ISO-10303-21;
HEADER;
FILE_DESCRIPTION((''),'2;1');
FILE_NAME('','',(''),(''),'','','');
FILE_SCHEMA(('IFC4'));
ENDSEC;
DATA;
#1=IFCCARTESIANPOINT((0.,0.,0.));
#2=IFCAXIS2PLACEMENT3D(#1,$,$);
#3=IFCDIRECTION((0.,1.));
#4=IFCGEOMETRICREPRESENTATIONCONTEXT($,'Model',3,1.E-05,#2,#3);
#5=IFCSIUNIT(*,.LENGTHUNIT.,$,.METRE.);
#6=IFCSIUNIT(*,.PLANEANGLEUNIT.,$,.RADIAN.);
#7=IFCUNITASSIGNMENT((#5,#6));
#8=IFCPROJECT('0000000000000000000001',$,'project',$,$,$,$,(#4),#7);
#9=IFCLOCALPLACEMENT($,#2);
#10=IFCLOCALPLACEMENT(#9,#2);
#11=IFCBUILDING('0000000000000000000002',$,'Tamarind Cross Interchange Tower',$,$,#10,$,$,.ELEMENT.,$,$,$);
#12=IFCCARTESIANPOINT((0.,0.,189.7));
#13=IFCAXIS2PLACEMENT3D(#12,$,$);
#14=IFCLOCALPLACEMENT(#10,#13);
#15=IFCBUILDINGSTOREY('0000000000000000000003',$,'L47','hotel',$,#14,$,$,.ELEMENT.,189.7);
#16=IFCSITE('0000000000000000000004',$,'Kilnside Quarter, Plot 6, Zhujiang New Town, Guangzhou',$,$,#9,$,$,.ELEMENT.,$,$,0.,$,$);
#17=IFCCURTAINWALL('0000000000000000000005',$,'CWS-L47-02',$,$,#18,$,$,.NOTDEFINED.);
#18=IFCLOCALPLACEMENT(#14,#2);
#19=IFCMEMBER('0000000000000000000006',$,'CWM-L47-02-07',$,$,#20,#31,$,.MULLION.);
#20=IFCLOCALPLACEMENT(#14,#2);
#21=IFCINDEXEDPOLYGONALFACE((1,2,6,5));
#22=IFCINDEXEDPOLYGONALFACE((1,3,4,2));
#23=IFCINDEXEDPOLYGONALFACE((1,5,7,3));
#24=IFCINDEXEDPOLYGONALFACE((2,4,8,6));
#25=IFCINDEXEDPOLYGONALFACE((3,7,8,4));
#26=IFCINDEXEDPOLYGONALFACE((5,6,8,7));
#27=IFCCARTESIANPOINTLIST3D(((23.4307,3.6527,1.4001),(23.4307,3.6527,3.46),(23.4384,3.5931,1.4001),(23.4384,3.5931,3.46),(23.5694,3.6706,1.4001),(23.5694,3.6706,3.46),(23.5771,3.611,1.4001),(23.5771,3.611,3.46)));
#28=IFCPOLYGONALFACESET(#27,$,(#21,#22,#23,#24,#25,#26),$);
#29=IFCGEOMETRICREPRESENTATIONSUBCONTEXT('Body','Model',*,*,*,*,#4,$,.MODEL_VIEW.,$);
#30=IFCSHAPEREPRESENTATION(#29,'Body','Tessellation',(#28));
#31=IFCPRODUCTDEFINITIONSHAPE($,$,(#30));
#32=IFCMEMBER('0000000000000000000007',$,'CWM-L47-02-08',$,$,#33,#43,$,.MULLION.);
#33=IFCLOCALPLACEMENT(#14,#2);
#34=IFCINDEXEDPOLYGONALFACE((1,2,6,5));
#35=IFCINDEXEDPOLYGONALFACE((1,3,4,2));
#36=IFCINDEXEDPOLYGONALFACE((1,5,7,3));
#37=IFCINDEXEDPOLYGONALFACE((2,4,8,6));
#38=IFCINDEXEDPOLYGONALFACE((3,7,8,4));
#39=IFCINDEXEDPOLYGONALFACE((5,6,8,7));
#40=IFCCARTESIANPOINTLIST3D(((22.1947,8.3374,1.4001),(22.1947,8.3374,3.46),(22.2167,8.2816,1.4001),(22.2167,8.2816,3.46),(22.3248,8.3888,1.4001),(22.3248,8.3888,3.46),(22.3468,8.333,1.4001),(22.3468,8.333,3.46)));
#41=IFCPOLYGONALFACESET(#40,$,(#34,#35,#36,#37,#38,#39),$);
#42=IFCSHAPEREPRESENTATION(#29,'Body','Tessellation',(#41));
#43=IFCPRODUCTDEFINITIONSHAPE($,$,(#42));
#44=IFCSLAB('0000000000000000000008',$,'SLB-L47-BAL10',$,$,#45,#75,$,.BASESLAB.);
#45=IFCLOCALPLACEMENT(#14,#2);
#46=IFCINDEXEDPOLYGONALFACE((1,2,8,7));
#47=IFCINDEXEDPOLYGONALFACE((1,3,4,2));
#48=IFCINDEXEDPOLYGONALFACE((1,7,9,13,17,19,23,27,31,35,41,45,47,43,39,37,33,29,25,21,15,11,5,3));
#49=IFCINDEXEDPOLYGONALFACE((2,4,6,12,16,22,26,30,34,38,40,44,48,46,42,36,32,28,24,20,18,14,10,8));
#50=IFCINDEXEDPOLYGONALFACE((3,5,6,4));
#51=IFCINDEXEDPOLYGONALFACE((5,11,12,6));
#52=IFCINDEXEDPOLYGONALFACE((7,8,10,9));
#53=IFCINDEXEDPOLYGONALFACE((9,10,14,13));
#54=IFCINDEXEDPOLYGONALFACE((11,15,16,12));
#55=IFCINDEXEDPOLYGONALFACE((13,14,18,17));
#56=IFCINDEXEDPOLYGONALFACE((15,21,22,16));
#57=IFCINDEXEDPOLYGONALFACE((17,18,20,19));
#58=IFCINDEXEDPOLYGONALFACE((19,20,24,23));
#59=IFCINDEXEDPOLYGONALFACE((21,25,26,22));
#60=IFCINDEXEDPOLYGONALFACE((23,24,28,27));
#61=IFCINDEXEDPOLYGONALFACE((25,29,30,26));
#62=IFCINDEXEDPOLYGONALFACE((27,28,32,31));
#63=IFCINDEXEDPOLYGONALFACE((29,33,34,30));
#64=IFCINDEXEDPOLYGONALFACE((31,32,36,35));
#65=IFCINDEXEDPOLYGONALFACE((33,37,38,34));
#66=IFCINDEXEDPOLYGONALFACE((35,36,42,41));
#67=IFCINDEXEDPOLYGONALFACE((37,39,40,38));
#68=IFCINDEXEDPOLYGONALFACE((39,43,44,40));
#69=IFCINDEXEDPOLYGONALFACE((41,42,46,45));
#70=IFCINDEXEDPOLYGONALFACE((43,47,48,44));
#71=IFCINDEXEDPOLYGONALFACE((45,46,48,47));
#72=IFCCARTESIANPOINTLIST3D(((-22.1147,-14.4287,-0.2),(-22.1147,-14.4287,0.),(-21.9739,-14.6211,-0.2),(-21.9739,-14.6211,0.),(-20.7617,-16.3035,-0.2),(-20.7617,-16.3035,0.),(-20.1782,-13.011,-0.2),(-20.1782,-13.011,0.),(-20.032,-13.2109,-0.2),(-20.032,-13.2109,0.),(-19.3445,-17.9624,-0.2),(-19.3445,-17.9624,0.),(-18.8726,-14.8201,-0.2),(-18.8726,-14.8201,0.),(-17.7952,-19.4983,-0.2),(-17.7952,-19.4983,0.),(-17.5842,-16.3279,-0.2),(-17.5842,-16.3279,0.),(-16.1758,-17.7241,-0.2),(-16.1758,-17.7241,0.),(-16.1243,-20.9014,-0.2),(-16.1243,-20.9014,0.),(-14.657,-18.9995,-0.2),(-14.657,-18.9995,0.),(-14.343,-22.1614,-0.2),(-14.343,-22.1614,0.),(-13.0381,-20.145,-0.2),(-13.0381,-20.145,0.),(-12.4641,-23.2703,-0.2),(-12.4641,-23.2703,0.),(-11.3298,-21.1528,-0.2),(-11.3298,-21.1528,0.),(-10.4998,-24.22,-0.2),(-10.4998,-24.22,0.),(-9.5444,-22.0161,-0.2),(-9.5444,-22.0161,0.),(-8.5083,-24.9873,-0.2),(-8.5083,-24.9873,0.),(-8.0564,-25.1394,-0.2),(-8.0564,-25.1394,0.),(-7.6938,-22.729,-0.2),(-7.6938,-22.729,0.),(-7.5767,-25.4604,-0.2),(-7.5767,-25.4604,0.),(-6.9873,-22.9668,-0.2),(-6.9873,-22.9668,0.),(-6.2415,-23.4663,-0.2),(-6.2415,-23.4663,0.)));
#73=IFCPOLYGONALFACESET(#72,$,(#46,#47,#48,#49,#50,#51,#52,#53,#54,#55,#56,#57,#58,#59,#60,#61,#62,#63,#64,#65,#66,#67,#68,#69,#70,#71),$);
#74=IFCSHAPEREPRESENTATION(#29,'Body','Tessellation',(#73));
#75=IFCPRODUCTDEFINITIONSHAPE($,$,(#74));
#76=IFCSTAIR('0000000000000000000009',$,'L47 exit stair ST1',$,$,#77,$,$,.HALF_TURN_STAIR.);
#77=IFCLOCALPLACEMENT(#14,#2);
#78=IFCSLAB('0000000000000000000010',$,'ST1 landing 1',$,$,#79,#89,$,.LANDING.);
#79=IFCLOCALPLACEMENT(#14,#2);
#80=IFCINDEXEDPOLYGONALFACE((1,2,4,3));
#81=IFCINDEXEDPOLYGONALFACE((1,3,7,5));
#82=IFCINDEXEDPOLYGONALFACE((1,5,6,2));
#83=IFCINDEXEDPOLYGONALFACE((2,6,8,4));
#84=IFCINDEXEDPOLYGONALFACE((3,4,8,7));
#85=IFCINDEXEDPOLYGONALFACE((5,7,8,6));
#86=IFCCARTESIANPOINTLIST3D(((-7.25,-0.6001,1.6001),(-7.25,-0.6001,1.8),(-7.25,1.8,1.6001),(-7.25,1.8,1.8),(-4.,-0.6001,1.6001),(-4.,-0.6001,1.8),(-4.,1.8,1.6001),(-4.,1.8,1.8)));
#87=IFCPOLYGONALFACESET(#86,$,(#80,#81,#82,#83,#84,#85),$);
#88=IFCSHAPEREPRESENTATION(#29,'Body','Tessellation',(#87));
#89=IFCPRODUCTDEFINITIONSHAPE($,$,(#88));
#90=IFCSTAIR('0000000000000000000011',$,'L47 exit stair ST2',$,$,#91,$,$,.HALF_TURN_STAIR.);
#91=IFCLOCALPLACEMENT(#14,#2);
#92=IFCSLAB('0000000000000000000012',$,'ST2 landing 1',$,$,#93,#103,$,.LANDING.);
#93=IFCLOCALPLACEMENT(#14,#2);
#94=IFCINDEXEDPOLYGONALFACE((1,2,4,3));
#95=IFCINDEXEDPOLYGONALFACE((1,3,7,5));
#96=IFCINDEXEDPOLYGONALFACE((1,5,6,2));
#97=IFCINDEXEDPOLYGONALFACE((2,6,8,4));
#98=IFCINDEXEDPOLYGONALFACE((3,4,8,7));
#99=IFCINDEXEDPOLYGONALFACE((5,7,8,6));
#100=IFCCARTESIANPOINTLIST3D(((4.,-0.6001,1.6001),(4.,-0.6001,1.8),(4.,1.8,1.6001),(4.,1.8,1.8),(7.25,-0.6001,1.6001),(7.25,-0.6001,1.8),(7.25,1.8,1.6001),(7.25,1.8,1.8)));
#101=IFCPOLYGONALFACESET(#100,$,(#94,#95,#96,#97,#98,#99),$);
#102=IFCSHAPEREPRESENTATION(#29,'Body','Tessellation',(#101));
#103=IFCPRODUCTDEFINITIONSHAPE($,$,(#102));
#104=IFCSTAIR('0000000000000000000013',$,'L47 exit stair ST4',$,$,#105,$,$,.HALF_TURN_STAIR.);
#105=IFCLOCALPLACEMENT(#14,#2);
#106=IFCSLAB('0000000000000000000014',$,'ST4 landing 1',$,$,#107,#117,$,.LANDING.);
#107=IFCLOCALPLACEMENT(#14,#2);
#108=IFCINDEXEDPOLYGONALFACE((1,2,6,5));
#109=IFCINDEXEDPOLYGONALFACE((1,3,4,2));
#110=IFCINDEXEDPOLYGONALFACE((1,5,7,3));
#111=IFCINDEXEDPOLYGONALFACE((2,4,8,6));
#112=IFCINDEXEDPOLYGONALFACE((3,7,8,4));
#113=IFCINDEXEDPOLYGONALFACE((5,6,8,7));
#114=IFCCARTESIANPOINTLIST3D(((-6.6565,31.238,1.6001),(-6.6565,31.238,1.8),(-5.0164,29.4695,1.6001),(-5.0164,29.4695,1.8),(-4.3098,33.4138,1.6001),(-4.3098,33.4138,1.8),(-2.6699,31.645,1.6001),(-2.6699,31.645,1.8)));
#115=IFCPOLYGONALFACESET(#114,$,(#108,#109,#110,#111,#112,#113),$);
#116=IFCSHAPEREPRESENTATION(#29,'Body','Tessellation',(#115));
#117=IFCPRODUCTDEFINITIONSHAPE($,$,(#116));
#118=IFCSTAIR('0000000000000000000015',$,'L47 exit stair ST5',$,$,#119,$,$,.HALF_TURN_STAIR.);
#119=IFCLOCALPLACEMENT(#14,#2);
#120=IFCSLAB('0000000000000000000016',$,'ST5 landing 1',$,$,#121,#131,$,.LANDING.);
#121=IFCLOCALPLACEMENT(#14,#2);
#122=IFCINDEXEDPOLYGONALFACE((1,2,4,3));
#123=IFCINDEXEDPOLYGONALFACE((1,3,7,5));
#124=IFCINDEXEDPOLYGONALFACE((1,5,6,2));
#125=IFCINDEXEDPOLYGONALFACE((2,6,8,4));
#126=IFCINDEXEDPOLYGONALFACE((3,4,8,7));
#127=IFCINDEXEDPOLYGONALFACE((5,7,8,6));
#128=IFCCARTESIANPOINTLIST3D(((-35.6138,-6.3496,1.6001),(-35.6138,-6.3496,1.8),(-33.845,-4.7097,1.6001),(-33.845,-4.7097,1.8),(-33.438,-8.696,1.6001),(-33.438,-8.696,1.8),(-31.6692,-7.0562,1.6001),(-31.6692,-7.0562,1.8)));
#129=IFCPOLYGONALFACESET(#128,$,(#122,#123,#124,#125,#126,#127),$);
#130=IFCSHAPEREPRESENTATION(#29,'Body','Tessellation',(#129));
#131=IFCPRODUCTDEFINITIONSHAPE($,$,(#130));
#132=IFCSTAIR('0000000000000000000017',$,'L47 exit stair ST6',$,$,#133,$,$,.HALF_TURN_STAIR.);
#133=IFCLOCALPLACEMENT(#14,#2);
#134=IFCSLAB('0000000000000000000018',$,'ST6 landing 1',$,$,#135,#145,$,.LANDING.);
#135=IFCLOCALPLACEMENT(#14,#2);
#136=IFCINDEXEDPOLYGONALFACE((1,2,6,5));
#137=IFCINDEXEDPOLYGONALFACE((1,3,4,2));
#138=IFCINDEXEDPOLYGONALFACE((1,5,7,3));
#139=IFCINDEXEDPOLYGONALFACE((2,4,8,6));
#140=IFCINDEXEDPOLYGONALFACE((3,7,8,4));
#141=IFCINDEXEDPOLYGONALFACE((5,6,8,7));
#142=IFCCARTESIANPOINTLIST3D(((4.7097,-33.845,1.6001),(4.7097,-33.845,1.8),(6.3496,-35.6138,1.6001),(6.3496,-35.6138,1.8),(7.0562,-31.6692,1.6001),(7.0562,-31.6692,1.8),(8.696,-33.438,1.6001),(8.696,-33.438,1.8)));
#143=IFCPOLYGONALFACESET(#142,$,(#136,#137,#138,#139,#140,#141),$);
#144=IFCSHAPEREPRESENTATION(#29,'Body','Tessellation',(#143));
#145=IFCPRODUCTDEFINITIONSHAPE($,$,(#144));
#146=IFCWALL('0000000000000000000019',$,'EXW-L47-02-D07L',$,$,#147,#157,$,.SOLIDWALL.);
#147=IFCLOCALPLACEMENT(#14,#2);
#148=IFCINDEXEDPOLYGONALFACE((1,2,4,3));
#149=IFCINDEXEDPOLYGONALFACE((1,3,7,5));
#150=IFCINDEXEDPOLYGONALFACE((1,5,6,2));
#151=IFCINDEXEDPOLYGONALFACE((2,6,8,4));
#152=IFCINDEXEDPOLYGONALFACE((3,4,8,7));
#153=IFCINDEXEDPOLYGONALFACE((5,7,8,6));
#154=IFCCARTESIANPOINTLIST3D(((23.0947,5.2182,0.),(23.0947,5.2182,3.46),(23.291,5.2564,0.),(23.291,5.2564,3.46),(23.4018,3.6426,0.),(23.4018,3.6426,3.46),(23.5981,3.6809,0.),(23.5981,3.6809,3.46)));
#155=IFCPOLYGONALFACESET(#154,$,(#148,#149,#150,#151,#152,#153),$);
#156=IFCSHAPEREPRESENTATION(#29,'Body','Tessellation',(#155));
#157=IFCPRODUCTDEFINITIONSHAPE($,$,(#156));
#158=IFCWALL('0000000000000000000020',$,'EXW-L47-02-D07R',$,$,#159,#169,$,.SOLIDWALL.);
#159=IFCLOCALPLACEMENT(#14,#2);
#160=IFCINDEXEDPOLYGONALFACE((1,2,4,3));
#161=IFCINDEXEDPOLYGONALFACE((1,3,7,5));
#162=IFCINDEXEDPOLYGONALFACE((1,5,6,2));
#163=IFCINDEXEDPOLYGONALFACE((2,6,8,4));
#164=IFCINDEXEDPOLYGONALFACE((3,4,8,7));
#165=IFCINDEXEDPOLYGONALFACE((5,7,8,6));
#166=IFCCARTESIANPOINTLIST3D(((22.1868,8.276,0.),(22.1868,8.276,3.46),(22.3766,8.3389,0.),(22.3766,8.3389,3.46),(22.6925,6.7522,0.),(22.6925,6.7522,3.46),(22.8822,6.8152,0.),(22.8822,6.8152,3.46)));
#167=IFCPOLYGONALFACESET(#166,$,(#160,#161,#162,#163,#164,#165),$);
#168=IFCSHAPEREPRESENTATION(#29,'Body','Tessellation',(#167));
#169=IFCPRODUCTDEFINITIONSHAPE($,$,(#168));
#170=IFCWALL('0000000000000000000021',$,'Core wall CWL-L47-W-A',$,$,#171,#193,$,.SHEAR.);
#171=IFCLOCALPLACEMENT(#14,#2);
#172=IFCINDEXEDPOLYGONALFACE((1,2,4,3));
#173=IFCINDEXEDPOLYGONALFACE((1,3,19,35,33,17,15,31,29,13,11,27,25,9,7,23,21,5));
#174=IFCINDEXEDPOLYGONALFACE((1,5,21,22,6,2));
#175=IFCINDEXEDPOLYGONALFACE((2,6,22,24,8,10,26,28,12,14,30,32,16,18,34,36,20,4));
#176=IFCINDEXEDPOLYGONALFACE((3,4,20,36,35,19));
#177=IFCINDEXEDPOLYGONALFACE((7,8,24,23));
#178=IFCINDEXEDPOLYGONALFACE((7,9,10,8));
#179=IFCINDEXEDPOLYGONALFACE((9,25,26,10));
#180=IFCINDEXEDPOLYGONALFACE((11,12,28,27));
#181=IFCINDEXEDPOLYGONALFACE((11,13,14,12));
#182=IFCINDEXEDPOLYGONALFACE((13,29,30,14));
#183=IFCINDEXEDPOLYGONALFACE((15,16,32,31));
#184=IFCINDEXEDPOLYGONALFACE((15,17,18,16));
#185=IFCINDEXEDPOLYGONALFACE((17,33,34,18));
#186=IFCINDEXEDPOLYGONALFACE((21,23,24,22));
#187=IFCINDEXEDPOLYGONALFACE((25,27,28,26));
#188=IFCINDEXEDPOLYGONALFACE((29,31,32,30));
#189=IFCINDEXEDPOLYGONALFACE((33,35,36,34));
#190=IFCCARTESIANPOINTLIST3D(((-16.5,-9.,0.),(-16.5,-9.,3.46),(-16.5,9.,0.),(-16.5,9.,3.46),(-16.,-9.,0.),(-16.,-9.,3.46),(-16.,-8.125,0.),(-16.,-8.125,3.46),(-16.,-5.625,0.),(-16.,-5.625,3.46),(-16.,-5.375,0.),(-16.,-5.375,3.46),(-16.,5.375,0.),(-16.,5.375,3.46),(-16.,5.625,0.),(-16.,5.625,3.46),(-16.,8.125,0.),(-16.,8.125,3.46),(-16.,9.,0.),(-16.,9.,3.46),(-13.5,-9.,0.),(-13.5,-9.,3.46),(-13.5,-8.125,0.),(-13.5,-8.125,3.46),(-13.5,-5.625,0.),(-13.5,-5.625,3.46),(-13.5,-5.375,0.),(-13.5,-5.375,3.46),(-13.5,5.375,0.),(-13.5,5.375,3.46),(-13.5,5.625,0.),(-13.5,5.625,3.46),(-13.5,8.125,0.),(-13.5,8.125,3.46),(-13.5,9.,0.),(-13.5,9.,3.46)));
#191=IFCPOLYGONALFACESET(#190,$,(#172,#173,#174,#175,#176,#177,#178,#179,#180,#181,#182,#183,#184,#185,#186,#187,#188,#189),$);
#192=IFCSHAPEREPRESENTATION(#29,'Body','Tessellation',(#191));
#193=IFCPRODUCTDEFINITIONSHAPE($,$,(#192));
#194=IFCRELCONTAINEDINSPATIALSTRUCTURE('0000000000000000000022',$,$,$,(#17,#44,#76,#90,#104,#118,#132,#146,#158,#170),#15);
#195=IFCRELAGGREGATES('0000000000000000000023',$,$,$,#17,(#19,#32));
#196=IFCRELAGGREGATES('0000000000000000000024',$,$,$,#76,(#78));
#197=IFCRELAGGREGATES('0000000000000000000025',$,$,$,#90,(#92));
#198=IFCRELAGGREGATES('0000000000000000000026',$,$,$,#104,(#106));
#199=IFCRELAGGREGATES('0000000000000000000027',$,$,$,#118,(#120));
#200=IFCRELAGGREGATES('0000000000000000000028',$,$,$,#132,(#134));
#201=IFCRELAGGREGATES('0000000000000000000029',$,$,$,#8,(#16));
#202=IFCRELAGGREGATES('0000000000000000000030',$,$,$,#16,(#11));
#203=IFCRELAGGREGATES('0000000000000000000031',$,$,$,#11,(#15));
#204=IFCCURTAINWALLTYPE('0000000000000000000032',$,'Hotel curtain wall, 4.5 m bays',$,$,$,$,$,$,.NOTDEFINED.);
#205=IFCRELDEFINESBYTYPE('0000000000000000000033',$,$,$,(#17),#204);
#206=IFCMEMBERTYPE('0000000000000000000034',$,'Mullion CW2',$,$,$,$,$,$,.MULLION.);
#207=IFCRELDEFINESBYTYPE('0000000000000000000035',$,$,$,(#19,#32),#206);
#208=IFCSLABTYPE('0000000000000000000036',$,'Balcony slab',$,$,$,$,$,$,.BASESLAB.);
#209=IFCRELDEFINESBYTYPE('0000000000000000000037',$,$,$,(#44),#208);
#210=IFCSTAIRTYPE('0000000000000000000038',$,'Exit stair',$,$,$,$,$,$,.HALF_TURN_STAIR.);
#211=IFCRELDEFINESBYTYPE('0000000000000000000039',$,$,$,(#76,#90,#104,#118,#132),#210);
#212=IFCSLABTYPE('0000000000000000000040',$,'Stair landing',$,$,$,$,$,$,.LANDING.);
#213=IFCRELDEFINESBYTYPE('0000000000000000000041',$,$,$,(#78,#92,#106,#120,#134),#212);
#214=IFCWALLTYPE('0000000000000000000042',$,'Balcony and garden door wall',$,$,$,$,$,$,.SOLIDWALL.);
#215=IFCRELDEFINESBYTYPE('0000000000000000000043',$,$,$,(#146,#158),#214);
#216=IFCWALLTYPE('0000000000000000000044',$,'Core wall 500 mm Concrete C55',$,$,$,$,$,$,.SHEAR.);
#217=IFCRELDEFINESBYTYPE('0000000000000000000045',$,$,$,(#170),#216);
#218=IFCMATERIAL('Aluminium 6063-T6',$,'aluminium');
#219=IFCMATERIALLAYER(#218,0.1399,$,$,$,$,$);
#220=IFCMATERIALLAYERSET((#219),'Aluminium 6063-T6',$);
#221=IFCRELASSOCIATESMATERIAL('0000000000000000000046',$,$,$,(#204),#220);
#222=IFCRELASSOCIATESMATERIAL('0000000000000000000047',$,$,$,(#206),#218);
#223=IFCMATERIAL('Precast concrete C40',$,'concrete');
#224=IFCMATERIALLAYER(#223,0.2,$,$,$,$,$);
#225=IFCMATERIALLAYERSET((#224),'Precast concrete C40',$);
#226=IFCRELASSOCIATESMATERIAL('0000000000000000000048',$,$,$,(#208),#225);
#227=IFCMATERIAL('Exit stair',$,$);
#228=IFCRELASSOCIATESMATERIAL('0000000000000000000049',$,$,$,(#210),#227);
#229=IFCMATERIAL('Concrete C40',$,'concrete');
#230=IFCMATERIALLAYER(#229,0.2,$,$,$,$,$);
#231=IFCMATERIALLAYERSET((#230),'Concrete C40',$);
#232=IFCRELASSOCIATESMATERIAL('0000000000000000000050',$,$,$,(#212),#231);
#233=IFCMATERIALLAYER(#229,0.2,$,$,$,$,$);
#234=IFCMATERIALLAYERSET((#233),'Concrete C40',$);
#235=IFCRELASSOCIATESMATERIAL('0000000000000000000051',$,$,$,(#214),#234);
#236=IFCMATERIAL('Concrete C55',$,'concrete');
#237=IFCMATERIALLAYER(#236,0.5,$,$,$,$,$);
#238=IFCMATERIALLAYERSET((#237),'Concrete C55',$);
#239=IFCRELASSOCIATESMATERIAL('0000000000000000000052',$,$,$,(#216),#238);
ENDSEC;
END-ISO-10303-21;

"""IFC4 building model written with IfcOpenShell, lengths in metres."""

from ifc_helpers import new_model, si_unit, direction, frame, frame_2d, origin, origin_2d, place, context, subcontext, project, spatial, polyline, rectangle, outline, extrude, material, layer, layer_set, material_profile, profile_set, type_object, element, aggregate, save


model = new_model("IFC4")

# Units and contexts
model_context = context("Model", 3, precision=1e-05, world=origin(), true_north=direction((0.0, 1.0)))
body_context = subcontext(model_context, "Body", "Model", "MODEL_VIEW")
ifc_project = project(units=[si_unit("LENGTHUNIT", "METRE"), si_unit("PLANEANGLEUNIT", "RADIAN")], contexts=[model_context])

# Site, building, storey
site_placement = place(None, origin())
site = spatial("IfcSite", under=ifc_project, at=site_placement, Name="Kilnside Quarter, Plot 6, Zhujiang New Town, Guangzhou", CompositionType="ELEMENT", RefElevation=0.0)
building_placement = place(site_placement, origin())
building = spatial("IfcBuilding", under=site, at=building_placement, Name="Tamarind Cross Interchange Tower", CompositionType="ELEMENT")
storey_placement = place(building_placement, frame((0.0, 0.0, 189.7)))
storey = spatial("IfcBuildingStorey", under=building, at=storey_placement, Name="L47", Description="hotel", CompositionType="ELEMENT", Elevation=189.7)

# Shared definitions
ifc_material_1 = material(Name="Concrete C55", Category="concrete")

# Curtain wall, members
ifc_material_2 = material(Name="Aluminium 6063-T6", Category="aluminium")
ifc_layer_1 = layer(ifc_material_2, 0.1399)
ifc_layer_set_1 = layer_set([ifc_layer_1], Name="Aluminium 6063-T6")
curtain_wall_type = type_object("IfcCurtainWallType", Name="Hotel curtain wall, 4.5 m bays", PredefinedType="NOTDEFINED", material=ifc_layer_set_1)
curtain_wall_placement = place(storey_placement, origin())
curtain_wall = element("IfcCurtainWall", 1, at=curtain_wall_placement, inside=storey, type_object=curtain_wall_type, Name="CWS-L47-02", PredefinedType="NOTDEFINED")
ifc_material_profile_1 = material_profile(ifc_material_2, rectangle(XDim=0.0601, YDim=0.1399, at=origin_2d()), Name="Mullion CW2")
ifc_profile_set_1 = profile_set([ifc_material_profile_1], Name="Aluminium 6063-T6")
member_type = type_object("IfcMemberType", Name="Mullion CW2", PredefinedType="MULLION", material=ifc_profile_set_1)
member_1_placement = place(storey_placement, frame((23.5039, 3.6318, 1.4001), z_axis=(0.0, 0.0, 1.0), x_axis=(-0.127962, 0.991779, 0.0)))
member_1 = element("IfcMember", 2, at=member_1_placement, type_object=member_type, Name="CWM-L47-02-07", PredefinedType="MULLION", context=body_context, shape_type="SweptSolid", body=[
    extrude(rectangle(XDim=0.0601, YDim=0.1399, at=origin_2d()), origin(), (0.0, 0.0, 1.0), 2.0598),
])
member_2_placement = place(storey_placement, frame((22.2708, 8.3352, 1.4001), z_axis=(0.0, 0.0, 1.0), x_axis=(-0.367514, 0.930018, 0.0)))
member_2 = element("IfcMember", 3, at=member_2_placement, type_object=member_type, Name="CWM-L47-02-08", PredefinedType="MULLION", context=body_context, shape_type="SweptSolid", body=[
    extrude(rectangle(XDim=0.0601, YDim=0.1399, at=origin_2d()), origin(), (0.0, 0.0, 1.0), 2.0598),
])
aggregate(curtain_wall, [member_1, member_2])

# Slab
ifc_material_3 = material(Name="Precast concrete C40", Category="concrete")
ifc_layer_2 = layer(ifc_material_3, 0.2)
ifc_layer_set_2 = layer_set([ifc_layer_2], Name="Precast concrete C40")
slab_type_1 = type_object("IfcSlabType", Name="Balcony slab", PredefinedType="BASESLAB", material=ifc_layer_set_2)
slab_1_placement = place(storey_placement, frame((0.0, 0.0, -0.2)))
element("IfcSlab", 4, at=slab_1_placement, inside=storey, type_object=slab_type_1, Name="SLB-L47-BAL10", PredefinedType="BASESLAB", context=body_context, shape_type="SweptSolid", body=[
    extrude(outline(polyline([(-20.1782, -13.011), (-20.032, -13.2109), (-18.8726, -14.8201), (-17.5842, -16.3279), (-16.1758, -17.7241), (-14.657, -18.9995), (-13.0381, -20.145), (-11.3298, -21.1528), (-9.5444, -22.0161), (-7.6938, -22.729), (-6.9873, -22.9668), (-6.2415, -23.4663), (-7.5767, -25.4604), (-8.0564, -25.1394), (-8.5083, -24.9873), (-10.4998, -24.22), (-12.4641, -23.2703), (-14.343, -22.1614), (-16.1243, -20.9014), (-17.7952, -19.4983), (-19.3445, -17.9624), (-20.7617, -16.3035), (-21.9739, -14.6211), (-22.1147, -14.4287), (-20.1782, -13.011)])), origin(), (0.0, 0.0, 1.0), 0.2),
])

# Stairs, slabs
ifc_material_4 = material(Name="Exit stair")
stair_type = type_object("IfcStairType", Name="Exit stair", PredefinedType="HALF_TURN_STAIR", material=ifc_material_4)
stair_1_placement = place(storey_placement, origin())
stair_1 = element("IfcStair", 5, at=stair_1_placement, inside=storey, type_object=stair_type, Name="L47 exit stair ST1", PredefinedType="HALF_TURN_STAIR")
ifc_material_5 = material(Name="Concrete C40", Category="concrete")
ifc_layer_3 = layer(ifc_material_5, 0.2)
ifc_layer_set_3 = layer_set([ifc_layer_3], Name="Concrete C40")
slab_type_2 = type_object("IfcSlabType", Name="Stair landing", PredefinedType="LANDING", material=ifc_layer_set_3)
slab_2_placement = place(storey_placement, frame((0.0, 0.0, 1.6001)))
slab_2 = element("IfcSlab", 6, at=slab_2_placement, type_object=slab_type_2, Name="ST1 landing 1", PredefinedType="LANDING", context=body_context, shape_type="SweptSolid", body=[
    extrude(outline(polyline([(-4.0, -0.6001), (-4.0, 1.8), (-7.25, 1.8), (-7.25, -0.6001), (-4.0, -0.6001)])), origin(), (0.0, 0.0, 1.0), 0.2),
])
aggregate(stair_1, [slab_2])
stair_2_placement = place(storey_placement, origin())
stair_2 = element("IfcStair", 7, at=stair_2_placement, inside=storey, type_object=stair_type, Name="L47 exit stair ST2", PredefinedType="HALF_TURN_STAIR")
slab_3_placement = place(storey_placement, frame((0.0, 0.0, 1.6001)))
slab_3 = element("IfcSlab", 8, at=slab_3_placement, type_object=slab_type_2, Name="ST2 landing 1", PredefinedType="LANDING", context=body_context, shape_type="SweptSolid", body=[
    extrude(outline(polyline([(7.25, -0.6001), (7.25, 1.8), (4.0, 1.8), (4.0, -0.6001), (7.25, -0.6001)])), origin(), (0.0, 0.0, 1.0), 0.2),
])
aggregate(stair_2, [slab_3])
stair_3_placement = place(storey_placement, origin())
stair_3 = element("IfcStair", 9, at=stair_3_placement, inside=storey, type_object=stair_type, Name="L47 exit stair ST4", PredefinedType="HALF_TURN_STAIR")
slab_4_placement = place(storey_placement, frame((0.0, 0.0, 1.6001)))
slab_4 = element("IfcSlab", 10, at=slab_4_placement, type_object=slab_type_2, Name="ST4 landing 1", PredefinedType="LANDING", context=body_context, shape_type="SweptSolid", body=[
    extrude(outline(polyline([(-2.6699, 31.645), (-4.3098, 33.4138), (-6.6565, 31.238), (-5.0164, 29.4695), (-2.6699, 31.645)])), origin(), (0.0, 0.0, 1.0), 0.2),
])
aggregate(stair_3, [slab_4])
stair_4_placement = place(storey_placement, origin())
stair_4 = element("IfcStair", 11, at=stair_4_placement, inside=storey, type_object=stair_type, Name="L47 exit stair ST5", PredefinedType="HALF_TURN_STAIR")
slab_5_placement = place(storey_placement, frame((0.0, 0.0, 1.6001)))
slab_5 = element("IfcSlab", 12, at=slab_5_placement, type_object=slab_type_2, Name="ST5 landing 1", PredefinedType="LANDING", context=body_context, shape_type="SweptSolid", body=[
    extrude(outline(polyline([(-33.845, -4.7097), (-35.6138, -6.3496), (-33.438, -8.696), (-31.6692, -7.0562), (-33.845, -4.7097)])), origin(), (0.0, 0.0, 1.0), 0.2),
])
aggregate(stair_4, [slab_5])
stair_5_placement = place(storey_placement, origin())
stair_5 = element("IfcStair", 13, at=stair_5_placement, inside=storey, type_object=stair_type, Name="L47 exit stair ST6", PredefinedType="HALF_TURN_STAIR")
slab_6_placement = place(storey_placement, frame((0.0, 0.0, 1.6001)))
slab_6 = element("IfcSlab", 14, at=slab_6_placement, type_object=slab_type_2, Name="ST6 landing 1", PredefinedType="LANDING", context=body_context, shape_type="SweptSolid", body=[
    extrude(outline(polyline([(4.7097, -33.845), (6.3496, -35.6138), (8.696, -33.438), (7.0562, -31.6692), (4.7097, -33.845)])), origin(), (0.0, 0.0, 1.0), 0.2),
])
aggregate(stair_5, [slab_6])

# Walls
ifc_layer_4 = layer(ifc_material_5, 0.2)
ifc_layer_set_4 = layer_set([ifc_layer_4], Name="Concrete C40")
wall_type_1 = type_object("IfcWallType", Name="Balcony and garden door wall", PredefinedType="SOLIDWALL", material=ifc_layer_set_4)
wall_1_placement = place(storey_placement, frame((23.5, 3.6616, 0.0), z_axis=(0.0, 0.0, 1.0), x_axis=(-0.191317, 0.981528, 0.0)))
element("IfcWall", 15, at=wall_1_placement, inside=storey, type_object=wall_type_1, Name="EXW-L47-02-D07L", PredefinedType="SOLIDWALL", context=body_context, shape_type="SweptSolid", body=[
    extrude(rectangle(XDim=1.6052, YDim=0.2, at=frame_2d((0.8027, 0.0))), origin(), (0.0, 0.0, 1.0), 3.46),
])
wall_2_placement = place(storey_placement, frame((22.7874, 6.7837, 0.0), z_axis=(0.0, 0.0, 1.0), x_axis=(-0.31495, 0.949108, 0.0)))
element("IfcWall", 16, at=wall_2_placement, inside=storey, type_object=wall_type_1, Name="EXW-L47-02-D07R", PredefinedType="SOLIDWALL", context=body_context, shape_type="SweptSolid", body=[
    extrude(rectangle(XDim=1.6055, YDim=0.2, at=frame_2d((0.8027, 0.0))), origin(), (0.0, 0.0, 1.0), 3.46),
])

# Wall
ifc_layer_5 = layer(ifc_material_1, 0.5)
ifc_layer_set_5 = layer_set([ifc_layer_5], Name="Concrete C55")
wall_type_2 = type_object("IfcWallType", Name="Core wall 500 mm Concrete C55", PredefinedType="SHEAR", material=ifc_layer_set_5)
wall_3_placement = place(storey_placement, origin())
element("IfcWall", 17, at=wall_3_placement, inside=storey, type_object=wall_type_2, Name="Core wall CWL-L47-W-A", PredefinedType="SHEAR", context=body_context, shape_type="SweptSolid", body=[
    extrude(outline(polyline([(-13.5, -8.125), (-16.0, -8.125), (-16.0, -5.625), (-13.5, -5.625), (-13.5, -5.375), (-16.0, -5.375), (-16.0, 5.375), (-13.5, 5.375), (-13.5, 5.625), (-16.0, 5.625), (-16.0, 8.125), (-13.5, 8.125), (-13.5, 9.0), (-16.0, 9.0), (-16.5, 9.0), (-16.5, -9.0), (-16.0, -9.0), (-13.5, -9.0), (-13.5, -8.125)])), origin(), (0.0, 0.0, 1.0), 3.46),
])

save(model, "model.ifc")
